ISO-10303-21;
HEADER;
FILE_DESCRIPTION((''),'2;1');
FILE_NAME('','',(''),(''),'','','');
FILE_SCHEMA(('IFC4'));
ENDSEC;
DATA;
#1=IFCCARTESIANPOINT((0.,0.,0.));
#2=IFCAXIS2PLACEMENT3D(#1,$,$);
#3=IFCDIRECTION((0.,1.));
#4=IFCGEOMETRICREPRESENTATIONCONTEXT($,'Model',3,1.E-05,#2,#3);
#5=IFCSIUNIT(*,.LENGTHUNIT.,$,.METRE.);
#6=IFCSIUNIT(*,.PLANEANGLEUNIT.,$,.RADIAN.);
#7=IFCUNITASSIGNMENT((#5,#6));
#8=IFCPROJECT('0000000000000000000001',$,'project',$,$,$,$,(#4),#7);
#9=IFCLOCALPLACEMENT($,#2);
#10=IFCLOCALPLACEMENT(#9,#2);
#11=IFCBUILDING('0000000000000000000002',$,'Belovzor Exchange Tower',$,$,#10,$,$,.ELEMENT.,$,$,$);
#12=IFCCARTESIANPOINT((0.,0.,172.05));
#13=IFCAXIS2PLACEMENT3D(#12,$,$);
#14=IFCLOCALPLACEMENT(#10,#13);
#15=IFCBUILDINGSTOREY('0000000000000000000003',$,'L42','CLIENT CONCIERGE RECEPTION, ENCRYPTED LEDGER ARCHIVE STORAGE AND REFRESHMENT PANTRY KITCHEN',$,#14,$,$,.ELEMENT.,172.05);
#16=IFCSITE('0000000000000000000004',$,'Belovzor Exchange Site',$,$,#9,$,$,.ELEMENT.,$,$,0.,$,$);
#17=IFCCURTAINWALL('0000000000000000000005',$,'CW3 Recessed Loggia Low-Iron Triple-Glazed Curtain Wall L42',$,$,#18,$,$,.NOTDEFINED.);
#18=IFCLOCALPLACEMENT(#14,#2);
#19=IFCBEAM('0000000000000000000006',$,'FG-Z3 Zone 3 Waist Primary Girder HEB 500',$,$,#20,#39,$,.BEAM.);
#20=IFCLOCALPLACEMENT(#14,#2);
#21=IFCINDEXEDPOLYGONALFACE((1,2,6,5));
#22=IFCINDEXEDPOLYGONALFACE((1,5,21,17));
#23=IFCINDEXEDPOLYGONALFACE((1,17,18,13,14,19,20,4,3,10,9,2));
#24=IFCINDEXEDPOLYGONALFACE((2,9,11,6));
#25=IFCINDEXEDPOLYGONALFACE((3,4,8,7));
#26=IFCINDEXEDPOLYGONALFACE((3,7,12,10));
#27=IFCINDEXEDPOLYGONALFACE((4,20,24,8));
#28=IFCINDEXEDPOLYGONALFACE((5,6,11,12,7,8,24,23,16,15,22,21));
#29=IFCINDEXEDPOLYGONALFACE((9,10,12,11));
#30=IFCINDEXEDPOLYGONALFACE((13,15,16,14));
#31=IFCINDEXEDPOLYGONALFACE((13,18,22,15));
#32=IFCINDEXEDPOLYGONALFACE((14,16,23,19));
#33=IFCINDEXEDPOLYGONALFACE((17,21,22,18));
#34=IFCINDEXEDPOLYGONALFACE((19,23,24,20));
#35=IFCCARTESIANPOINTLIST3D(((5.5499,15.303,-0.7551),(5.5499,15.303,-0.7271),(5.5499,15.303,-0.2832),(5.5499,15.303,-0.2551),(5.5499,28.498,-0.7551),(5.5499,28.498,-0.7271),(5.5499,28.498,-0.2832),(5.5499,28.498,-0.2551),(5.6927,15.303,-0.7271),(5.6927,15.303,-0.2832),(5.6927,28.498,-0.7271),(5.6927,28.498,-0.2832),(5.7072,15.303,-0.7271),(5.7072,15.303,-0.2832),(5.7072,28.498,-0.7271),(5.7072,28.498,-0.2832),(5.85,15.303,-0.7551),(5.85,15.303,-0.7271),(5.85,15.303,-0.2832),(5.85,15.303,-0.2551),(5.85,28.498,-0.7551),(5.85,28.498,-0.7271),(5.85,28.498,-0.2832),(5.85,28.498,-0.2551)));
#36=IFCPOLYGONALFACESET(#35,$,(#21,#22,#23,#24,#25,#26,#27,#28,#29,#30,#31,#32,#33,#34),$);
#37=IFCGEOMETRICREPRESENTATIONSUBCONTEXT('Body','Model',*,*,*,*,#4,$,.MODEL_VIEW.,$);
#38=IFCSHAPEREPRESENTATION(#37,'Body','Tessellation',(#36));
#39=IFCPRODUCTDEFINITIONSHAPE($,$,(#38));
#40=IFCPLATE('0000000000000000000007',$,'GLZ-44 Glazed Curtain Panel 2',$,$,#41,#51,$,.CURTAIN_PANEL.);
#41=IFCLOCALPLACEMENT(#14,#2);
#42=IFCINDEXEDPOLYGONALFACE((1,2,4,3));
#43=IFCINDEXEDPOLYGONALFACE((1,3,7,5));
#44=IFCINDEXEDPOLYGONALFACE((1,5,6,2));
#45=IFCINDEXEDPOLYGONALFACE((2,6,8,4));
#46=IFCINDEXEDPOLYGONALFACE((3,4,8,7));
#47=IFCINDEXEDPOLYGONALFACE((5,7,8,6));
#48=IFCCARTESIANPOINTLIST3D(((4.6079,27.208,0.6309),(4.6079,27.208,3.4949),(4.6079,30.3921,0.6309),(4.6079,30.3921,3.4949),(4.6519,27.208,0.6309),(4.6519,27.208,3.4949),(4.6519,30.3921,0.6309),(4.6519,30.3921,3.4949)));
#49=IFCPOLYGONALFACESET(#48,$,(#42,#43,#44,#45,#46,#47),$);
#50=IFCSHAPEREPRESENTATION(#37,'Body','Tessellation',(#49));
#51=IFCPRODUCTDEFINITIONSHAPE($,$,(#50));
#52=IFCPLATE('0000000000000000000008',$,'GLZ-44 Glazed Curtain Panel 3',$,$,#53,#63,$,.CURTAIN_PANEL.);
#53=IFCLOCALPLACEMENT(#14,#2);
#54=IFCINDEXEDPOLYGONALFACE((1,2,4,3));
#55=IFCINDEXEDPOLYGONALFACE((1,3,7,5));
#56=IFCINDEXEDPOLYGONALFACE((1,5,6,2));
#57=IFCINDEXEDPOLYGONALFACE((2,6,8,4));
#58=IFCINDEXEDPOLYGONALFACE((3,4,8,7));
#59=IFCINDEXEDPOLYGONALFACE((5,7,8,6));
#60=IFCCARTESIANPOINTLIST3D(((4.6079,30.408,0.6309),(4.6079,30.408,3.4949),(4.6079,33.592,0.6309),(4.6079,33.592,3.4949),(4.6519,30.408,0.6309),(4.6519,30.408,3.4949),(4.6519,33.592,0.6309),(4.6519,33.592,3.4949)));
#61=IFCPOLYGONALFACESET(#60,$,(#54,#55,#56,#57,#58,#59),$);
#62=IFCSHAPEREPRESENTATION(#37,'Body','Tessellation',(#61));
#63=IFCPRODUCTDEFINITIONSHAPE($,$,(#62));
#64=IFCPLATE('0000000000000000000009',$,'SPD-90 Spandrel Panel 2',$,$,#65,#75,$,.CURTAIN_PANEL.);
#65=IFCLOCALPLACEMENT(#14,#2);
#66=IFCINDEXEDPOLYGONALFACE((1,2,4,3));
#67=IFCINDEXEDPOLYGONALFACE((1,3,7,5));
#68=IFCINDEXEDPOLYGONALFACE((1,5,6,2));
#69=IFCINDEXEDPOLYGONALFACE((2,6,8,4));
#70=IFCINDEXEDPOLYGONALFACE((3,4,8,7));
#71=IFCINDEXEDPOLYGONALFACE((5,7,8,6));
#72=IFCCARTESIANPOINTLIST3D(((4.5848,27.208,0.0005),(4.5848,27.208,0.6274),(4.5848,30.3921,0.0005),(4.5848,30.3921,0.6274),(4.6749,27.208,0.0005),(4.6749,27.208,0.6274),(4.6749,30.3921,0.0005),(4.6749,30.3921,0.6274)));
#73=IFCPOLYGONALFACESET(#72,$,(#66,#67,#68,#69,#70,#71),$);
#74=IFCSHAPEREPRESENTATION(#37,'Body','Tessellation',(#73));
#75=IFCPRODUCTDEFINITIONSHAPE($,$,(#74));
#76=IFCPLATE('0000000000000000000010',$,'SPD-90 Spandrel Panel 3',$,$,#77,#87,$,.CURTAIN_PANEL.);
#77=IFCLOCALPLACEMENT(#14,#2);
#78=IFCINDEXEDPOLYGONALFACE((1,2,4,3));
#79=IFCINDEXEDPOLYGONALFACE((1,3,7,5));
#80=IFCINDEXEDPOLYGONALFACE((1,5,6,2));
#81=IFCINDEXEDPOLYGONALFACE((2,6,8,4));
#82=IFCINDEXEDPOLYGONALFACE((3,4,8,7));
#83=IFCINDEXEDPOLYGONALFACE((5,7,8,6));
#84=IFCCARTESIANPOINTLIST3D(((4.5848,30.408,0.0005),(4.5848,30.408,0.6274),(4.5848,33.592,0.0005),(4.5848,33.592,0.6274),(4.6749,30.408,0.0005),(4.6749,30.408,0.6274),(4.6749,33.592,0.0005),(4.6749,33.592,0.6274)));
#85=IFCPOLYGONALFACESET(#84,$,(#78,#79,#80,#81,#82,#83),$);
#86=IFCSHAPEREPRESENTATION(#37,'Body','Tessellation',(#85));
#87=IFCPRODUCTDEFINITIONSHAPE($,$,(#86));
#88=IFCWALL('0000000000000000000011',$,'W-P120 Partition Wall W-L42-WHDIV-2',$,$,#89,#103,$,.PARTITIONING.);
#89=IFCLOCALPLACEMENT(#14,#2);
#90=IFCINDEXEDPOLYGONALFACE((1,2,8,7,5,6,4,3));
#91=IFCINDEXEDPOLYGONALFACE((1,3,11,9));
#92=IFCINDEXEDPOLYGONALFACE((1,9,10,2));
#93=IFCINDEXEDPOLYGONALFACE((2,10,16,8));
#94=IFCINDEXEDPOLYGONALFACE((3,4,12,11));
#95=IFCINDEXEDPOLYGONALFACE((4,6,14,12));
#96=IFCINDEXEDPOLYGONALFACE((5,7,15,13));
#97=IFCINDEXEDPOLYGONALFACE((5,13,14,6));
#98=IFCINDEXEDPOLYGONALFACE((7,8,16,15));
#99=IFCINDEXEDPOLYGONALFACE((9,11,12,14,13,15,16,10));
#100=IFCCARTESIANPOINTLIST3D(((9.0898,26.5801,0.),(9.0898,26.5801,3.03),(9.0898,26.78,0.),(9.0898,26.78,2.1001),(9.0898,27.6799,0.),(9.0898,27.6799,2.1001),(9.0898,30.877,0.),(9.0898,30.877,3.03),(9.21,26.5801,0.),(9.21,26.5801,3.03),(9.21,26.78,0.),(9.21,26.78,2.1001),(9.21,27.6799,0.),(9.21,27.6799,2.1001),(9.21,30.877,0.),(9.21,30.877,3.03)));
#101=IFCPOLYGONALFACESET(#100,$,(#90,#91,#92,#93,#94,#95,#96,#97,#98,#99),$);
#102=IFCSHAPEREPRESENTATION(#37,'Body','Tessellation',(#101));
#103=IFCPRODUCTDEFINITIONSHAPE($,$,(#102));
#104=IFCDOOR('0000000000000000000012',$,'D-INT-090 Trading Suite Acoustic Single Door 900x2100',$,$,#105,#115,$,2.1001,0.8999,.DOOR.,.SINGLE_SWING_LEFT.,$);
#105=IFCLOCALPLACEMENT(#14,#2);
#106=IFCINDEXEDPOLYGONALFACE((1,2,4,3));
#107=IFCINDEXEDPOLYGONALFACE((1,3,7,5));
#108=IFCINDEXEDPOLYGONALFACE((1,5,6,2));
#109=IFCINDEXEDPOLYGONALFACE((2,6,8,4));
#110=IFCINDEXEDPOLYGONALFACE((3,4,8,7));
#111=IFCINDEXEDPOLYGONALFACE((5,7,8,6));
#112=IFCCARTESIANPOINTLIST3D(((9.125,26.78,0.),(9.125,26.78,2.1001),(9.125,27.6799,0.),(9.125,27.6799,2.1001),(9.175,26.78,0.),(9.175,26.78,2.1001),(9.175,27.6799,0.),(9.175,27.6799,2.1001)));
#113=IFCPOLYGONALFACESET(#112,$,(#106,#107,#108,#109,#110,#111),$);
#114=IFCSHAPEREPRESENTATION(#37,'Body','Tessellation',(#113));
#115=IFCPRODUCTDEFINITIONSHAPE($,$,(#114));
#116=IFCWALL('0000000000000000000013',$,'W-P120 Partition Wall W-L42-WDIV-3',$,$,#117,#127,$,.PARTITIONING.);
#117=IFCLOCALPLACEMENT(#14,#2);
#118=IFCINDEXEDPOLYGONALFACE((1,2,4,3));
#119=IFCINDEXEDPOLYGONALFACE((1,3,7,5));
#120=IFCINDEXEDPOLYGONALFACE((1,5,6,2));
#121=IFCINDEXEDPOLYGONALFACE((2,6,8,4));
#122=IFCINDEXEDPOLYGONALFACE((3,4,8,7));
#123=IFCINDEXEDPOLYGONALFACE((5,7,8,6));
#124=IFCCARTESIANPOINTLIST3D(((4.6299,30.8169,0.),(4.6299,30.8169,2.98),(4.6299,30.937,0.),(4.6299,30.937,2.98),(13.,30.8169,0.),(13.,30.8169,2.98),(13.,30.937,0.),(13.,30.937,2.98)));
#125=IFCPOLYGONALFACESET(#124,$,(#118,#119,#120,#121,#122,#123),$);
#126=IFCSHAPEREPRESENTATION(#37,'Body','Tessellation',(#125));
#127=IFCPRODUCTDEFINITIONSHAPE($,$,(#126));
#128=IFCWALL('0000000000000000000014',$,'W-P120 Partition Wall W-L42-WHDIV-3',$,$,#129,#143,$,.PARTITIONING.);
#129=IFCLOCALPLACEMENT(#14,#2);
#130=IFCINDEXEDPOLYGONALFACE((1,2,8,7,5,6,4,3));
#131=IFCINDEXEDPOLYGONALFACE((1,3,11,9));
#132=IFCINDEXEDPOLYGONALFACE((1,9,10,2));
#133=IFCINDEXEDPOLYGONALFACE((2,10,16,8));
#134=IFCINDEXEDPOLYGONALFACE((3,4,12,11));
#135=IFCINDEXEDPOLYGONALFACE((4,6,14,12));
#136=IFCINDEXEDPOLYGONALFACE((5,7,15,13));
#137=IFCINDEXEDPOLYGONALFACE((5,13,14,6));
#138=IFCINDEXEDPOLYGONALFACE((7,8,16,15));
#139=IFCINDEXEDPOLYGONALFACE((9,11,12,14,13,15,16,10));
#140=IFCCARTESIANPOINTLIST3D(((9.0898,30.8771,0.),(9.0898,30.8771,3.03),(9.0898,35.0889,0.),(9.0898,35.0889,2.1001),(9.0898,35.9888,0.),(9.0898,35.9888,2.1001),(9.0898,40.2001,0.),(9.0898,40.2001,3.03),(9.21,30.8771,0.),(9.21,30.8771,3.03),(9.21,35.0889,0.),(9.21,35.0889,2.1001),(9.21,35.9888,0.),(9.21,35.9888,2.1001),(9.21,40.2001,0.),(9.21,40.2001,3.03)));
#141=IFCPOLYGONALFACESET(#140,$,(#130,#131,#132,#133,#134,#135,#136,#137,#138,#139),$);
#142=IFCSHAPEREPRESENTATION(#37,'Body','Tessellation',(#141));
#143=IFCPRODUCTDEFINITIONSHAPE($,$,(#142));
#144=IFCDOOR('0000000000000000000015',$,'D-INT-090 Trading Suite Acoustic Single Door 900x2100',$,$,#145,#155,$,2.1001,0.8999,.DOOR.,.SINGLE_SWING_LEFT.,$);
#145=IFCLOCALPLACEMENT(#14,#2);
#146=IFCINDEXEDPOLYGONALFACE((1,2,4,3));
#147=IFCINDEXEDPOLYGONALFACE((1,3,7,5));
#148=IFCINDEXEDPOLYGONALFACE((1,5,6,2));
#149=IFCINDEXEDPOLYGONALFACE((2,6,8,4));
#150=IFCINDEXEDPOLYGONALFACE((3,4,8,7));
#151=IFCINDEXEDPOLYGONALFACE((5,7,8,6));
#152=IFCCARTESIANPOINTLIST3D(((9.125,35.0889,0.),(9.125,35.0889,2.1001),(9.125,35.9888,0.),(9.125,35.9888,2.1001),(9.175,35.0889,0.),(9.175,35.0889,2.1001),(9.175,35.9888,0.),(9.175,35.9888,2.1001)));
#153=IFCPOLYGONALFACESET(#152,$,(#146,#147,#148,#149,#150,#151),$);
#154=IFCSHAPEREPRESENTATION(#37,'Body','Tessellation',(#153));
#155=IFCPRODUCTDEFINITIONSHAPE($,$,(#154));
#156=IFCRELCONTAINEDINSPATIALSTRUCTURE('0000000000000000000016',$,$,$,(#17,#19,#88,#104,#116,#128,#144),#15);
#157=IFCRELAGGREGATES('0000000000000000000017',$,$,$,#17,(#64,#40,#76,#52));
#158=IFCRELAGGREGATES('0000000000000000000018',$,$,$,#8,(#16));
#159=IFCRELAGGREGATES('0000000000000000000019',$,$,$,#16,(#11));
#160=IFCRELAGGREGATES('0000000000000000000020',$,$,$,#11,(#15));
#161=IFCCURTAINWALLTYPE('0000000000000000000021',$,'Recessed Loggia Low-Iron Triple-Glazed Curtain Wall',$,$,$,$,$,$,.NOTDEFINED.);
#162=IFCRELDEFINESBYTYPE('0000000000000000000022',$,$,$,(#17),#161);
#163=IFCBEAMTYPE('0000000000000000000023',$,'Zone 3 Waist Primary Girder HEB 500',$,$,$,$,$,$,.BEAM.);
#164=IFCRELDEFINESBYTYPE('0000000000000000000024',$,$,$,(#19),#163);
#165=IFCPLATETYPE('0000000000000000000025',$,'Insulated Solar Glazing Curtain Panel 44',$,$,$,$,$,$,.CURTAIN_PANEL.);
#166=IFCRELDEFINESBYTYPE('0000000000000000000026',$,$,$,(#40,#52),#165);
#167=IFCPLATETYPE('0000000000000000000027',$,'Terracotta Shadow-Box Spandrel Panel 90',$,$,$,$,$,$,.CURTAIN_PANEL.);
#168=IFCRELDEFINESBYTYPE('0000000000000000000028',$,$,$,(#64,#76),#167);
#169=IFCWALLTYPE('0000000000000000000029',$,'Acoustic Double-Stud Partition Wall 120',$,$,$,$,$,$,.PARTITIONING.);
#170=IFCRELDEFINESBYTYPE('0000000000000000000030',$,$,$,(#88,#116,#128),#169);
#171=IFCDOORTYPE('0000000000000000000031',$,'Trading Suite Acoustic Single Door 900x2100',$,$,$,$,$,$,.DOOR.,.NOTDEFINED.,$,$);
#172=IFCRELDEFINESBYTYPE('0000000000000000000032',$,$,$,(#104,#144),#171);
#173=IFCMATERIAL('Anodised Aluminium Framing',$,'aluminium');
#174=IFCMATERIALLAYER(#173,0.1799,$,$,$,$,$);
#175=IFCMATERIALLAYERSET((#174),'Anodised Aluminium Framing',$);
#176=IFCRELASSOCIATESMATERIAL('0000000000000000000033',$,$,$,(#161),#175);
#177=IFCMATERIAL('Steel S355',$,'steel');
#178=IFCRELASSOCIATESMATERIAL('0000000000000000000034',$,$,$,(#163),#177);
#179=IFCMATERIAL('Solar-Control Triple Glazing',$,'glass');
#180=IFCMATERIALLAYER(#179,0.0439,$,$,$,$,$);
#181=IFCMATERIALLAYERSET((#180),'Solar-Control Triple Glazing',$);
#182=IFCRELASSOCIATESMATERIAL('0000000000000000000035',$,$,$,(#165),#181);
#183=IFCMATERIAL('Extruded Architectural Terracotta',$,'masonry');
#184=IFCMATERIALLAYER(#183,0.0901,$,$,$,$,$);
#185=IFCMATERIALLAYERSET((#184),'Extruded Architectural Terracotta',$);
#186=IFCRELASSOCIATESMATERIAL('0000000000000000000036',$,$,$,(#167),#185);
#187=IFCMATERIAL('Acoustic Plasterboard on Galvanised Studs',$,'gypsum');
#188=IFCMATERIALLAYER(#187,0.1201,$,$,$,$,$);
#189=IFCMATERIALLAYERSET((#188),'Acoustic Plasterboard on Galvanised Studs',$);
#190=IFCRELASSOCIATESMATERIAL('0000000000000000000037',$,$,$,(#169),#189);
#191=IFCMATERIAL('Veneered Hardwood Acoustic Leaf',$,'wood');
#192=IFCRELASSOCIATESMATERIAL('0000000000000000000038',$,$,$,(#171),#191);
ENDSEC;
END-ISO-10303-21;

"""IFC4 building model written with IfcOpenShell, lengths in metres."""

from ifc_helpers import new_model, si_unit, direction, frame, frame_2d, origin, origin_2d, place, context, subcontext, project, spatial, rectangle, i_section, extrude, material, layer, layer_set, material_profile, profile_set, type_object, element, fill, aggregate, save


model = new_model("IFC4")

# Units and contexts
model_context = context("Model", 3, precision=1e-05, world=origin(), true_north=direction((0.0, 1.0)))
body_context = subcontext(model_context, "Body", "Model", "MODEL_VIEW")
ifc_project = project(units=[si_unit("LENGTHUNIT", "METRE"), si_unit("PLANEANGLEUNIT", "RADIAN")], contexts=[model_context])

# Site, building, storey
site_placement = place(None, origin())
site = spatial("IfcSite", under=ifc_project, at=site_placement, Name="Belovzor Exchange Site", CompositionType="ELEMENT", RefElevation=0.0)
building_placement = place(site_placement, origin())
building = spatial("IfcBuilding", under=site, at=building_placement, Name="Belovzor Exchange Tower", CompositionType="ELEMENT")
storey_placement = place(building_placement, frame((0.0, 0.0, 172.05)))
storey = spatial("IfcBuildingStorey", under=building, at=storey_placement, Name="L42", Description="CLIENT CONCIERGE RECEPTION, ENCRYPTED LEDGER ARCHIVE STORAGE AND REFRESHMENT PANTRY KITCHEN", CompositionType="ELEMENT", Elevation=172.05)

# Curtain wall
ifc_material_1 = material(Name="Anodised Aluminium Framing", Category="aluminium")
ifc_layer_1 = layer(ifc_material_1, 0.1799)
ifc_layer_set_1 = layer_set([ifc_layer_1], Name="Anodised Aluminium Framing")
curtain_wall_type = type_object("IfcCurtainWallType", Name="Recessed Loggia Low-Iron Triple-Glazed Curtain Wall", PredefinedType="NOTDEFINED", material=ifc_layer_set_1)
curtain_wall_placement = place(storey_placement, origin())
curtain_wall = element("IfcCurtainWall", 1, at=curtain_wall_placement, inside=storey, type_object=curtain_wall_type, Name="CW3 Recessed Loggia Low-Iron Triple-Glazed Curtain Wall L42", PredefinedType="NOTDEFINED")

# Beam
ifc_material_2 = material(Name="Steel S355", Category="steel")
ifc_material_profile_1 = material_profile(ifc_material_2, i_section(OverallWidth=0.3, OverallDepth=0.5, WebThickness=0.0144, FlangeThickness=0.0281, at=origin_2d()))
ifc_profile_set_1 = profile_set([ifc_material_profile_1], Name="Steel S355")
beam_type_1 = type_object("IfcBeamType", Name="Zone 3 Waist Primary Girder HEB 500", PredefinedType="BEAM", material=ifc_profile_set_1)
beam_1_placement = place(storey_placement, frame((5.7, 28.498, -0.5051), z_axis=(0.0, -1.0, 0.0), x_axis=(1.0, 0.0, 0.0)))
element("IfcBeam", 2, at=beam_1_placement, inside=storey, type_object=beam_type_1, Name="FG-Z3 Zone 3 Waist Primary Girder HEB 500", PredefinedType="BEAM", context=body_context, shape_type="SweptSolid", body=[
    extrude(i_section(OverallWidth=0.3, OverallDepth=0.5, WebThickness=0.0144, FlangeThickness=0.0281, at=origin_2d()), origin(), (0.0, 0.0, 1.0), 13.1951),
])

# Plates
ifc_material_3 = material(Name="Solar-Control Triple Glazing", Category="glass")
ifc_layer_2 = layer(ifc_material_3, 0.0439)
ifc_layer_set_2 = layer_set([ifc_layer_2], Name="Solar-Control Triple Glazing")
plate_type_1 = type_object("IfcPlateType", Name="Insulated Solar Glazing Curtain Panel 44", PredefinedType="CURTAIN_PANEL", material=ifc_layer_set_2)
plate_1_placement = place(storey_placement, frame((4.6299, 28.8, 0.6309), z_axis=(0.0, 0.0, 1.0), x_axis=(0.0, 1.0, 0.0)))
plate_1 = element("IfcPlate", 3, at=plate_1_placement, type_object=plate_type_1, Name="GLZ-44 Glazed Curtain Panel 2", PredefinedType="CURTAIN_PANEL", context=body_context, shape_type="SweptSolid", body=[
    extrude(rectangle(XDim=3.1841, YDim=0.0439, at=origin_2d()), origin(), (0.0, 0.0, 1.0), 2.864),
])
plate_2_placement = place(storey_placement, frame((4.6299, 32.0, 0.6309), z_axis=(0.0, 0.0, 1.0), x_axis=(0.0, 1.0, 0.0)))
plate_2 = element("IfcPlate", 4, at=plate_2_placement, type_object=plate_type_1, Name="GLZ-44 Glazed Curtain Panel 3", PredefinedType="CURTAIN_PANEL", context=body_context, shape_type="SweptSolid", body=[
    extrude(rectangle(XDim=3.1841, YDim=0.0439, at=origin_2d()), origin(), (0.0, 0.0, 1.0), 2.864),
])
ifc_material_4 = material(Name="Extruded Architectural Terracotta", Category="masonry")
ifc_layer_3 = layer(ifc_material_4, 0.0901)
ifc_layer_set_3 = layer_set([ifc_layer_3], Name="Extruded Architectural Terracotta")
plate_type_2 = type_object("IfcPlateType", Name="Terracotta Shadow-Box Spandrel Panel 90", PredefinedType="CURTAIN_PANEL", material=ifc_layer_set_3)
plate_3_placement = place(storey_placement, frame((4.6299, 28.8, 0.0005), z_axis=(0.0, 0.0, 1.0), x_axis=(0.0, 1.0, 0.0)))
plate_3 = element("IfcPlate", 5, at=plate_3_placement, type_object=plate_type_2, Name="SPD-90 Spandrel Panel 2", PredefinedType="CURTAIN_PANEL", context=body_context, shape_type="SweptSolid", body=[
    extrude(rectangle(XDim=3.1841, YDim=0.0901, at=origin_2d()), origin(), (0.0, 0.0, 1.0), 0.627),
])
plate_4_placement = place(storey_placement, frame((4.6299, 32.0, 0.0005), z_axis=(0.0, 0.0, 1.0), x_axis=(0.0, 1.0, 0.0)))
plate_4 = element("IfcPlate", 6, at=plate_4_placement, type_object=plate_type_2, Name="SPD-90 Spandrel Panel 3", PredefinedType="CURTAIN_PANEL", context=body_context, shape_type="SweptSolid", body=[
    extrude(rectangle(XDim=3.1841, YDim=0.0901, at=origin_2d()), origin(), (0.0, 0.0, 1.0), 0.627),
])
aggregate(curtain_wall, [plate_3, plate_1, plate_4, plate_2])

# Wall, opening, door
ifc_material_5 = material(Name="Acoustic Plasterboard on Galvanised Studs", Category="gypsum")
ifc_layer_4 = layer(ifc_material_5, 0.1201)
ifc_layer_set_4 = layer_set([ifc_layer_4], Name="Acoustic Plasterboard on Galvanised Studs")
wall_type_1 = type_object("IfcWallType", Name="Acoustic Double-Stud Partition Wall 120", PredefinedType="PARTITIONING", material=ifc_layer_set_4)
wall_1_placement = place(storey_placement, frame((9.1499, 26.5801, 0.0), z_axis=(0.0, 0.0, 1.0), x_axis=(0.0, 1.0, 0.0)))
wall_1 = element("IfcWall", 7, at=wall_1_placement, inside=storey, type_object=wall_type_1, Name="W-P120 Partition Wall W-L42-WHDIV-2", PredefinedType="PARTITIONING", context=body_context, shape_type="SweptSolid", body=[
    extrude(rectangle(XDim=4.2969, YDim=0.1201, at=frame_2d((2.1484, 0.0))), origin(), (0.0, 0.0, 1.0), 3.03),
])
opening_1_placement = place(wall_1_placement, frame((0.2, 0.0, 0.0)))
opening_1 = element("IfcOpeningElement", 8, at=opening_1_placement, cuts=wall_1, PredefinedType="OPENING", context=body_context, shape_type="SweptSolid", body=[
    extrude(rectangle(XDim=0.8999, YDim=2.1001, at=frame_2d((0.45, 1.05))), frame((0.0, 0.0701, 0.0), z_axis=(0.0, -1.0, 0.0), x_axis=(1.0, 0.0, 0.0)), (0.0, 0.0, 1.0), 0.1401),
])
ifc_material_6 = material(Name="Veneered Hardwood Acoustic Leaf", Category="wood")
door_type_1 = type_object("IfcDoorType", Name="Trading Suite Acoustic Single Door 900x2100", OperationType="NOTDEFINED", PredefinedType="DOOR", material=ifc_material_6)
door_1_placement = place(opening_1_placement, origin())
door_1 = element("IfcDoor", 9, at=door_1_placement, inside=storey, type_object=door_type_1, Name="D-INT-090 Trading Suite Acoustic Single Door 900x2100", OperationType="SINGLE_SWING_LEFT", OverallHeight=2.1001, OverallWidth=0.8999, PredefinedType="DOOR", context=body_context, shape_type="SweptSolid", body=[
    extrude(rectangle(XDim=0.8999, YDim=2.1001, at=frame_2d((0.45, 1.05))), frame((0.0, 0.0249, 0.0), z_axis=(0.0, -1.0, 0.0), x_axis=(1.0, 0.0, 0.0)), (0.0, 0.0, 1.0), 0.05),
])
fill(opening_1, door_1)

# Wall
wall_2_placement = place(storey_placement, frame((4.6299, 30.877, 0.0), z_axis=(0.0, 0.0, 1.0), x_axis=(1.0, 0.0, 0.0)))
element("IfcWall", 10, at=wall_2_placement, inside=storey, type_object=wall_type_1, Name="W-P120 Partition Wall W-L42-WDIV-3", PredefinedType="PARTITIONING", context=body_context, shape_type="SweptSolid", body=[
    extrude(rectangle(XDim=8.3701, YDim=0.1201, at=frame_2d((4.1851, 0.0))), origin(), (0.0, 0.0, 1.0), 2.98),
])

# Wall, opening, door
wall_3_placement = place(storey_placement, frame((9.1499, 30.877, 0.0), z_axis=(0.0, 0.0, 1.0), x_axis=(0.0, 1.0, 0.0)))
wall_3 = element("IfcWall", 11, at=wall_3_placement, inside=storey, type_object=wall_type_1, Name="W-P120 Partition Wall W-L42-WHDIV-3", PredefinedType="PARTITIONING", context=body_context, shape_type="SweptSolid", body=[
    extrude(rectangle(XDim=9.323, YDim=0.1201, at=frame_2d((4.6616, 0.0))), origin(), (0.0, 0.0, 1.0), 3.03),
])
opening_2_placement = place(wall_3_placement, frame((4.2119, 0.0, 0.0)))
opening_2 = element("IfcOpeningElement", 12, at=opening_2_placement, cuts=wall_3, PredefinedType="OPENING", context=body_context, shape_type="SweptSolid", body=[
    extrude(rectangle(XDim=0.8999, YDim=2.1001, at=frame_2d((0.45, 1.05))), frame((0.0, 0.0701, 0.0), z_axis=(0.0, -1.0, 0.0), x_axis=(1.0, 0.0, 0.0)), (0.0, 0.0, 1.0), 0.1401),
])
door_2_placement = place(opening_2_placement, origin())
door_2 = element("IfcDoor", 13, at=door_2_placement, inside=storey, type_object=door_type_1, Name="D-INT-090 Trading Suite Acoustic Single Door 900x2100", OperationType="SINGLE_SWING_LEFT", OverallHeight=2.1001, OverallWidth=0.8999, PredefinedType="DOOR", context=body_context, shape_type="SweptSolid", body=[
    extrude(rectangle(XDim=0.8999, YDim=2.1001, at=frame_2d((0.45, 1.05))), frame((0.0, 0.0249, 0.0), z_axis=(0.0, -1.0, 0.0), x_axis=(1.0, 0.0, 0.0)), (0.0, 0.0, 1.0), 0.05),
])
fill(opening_2, door_2)

save(model, "model.ifc")
